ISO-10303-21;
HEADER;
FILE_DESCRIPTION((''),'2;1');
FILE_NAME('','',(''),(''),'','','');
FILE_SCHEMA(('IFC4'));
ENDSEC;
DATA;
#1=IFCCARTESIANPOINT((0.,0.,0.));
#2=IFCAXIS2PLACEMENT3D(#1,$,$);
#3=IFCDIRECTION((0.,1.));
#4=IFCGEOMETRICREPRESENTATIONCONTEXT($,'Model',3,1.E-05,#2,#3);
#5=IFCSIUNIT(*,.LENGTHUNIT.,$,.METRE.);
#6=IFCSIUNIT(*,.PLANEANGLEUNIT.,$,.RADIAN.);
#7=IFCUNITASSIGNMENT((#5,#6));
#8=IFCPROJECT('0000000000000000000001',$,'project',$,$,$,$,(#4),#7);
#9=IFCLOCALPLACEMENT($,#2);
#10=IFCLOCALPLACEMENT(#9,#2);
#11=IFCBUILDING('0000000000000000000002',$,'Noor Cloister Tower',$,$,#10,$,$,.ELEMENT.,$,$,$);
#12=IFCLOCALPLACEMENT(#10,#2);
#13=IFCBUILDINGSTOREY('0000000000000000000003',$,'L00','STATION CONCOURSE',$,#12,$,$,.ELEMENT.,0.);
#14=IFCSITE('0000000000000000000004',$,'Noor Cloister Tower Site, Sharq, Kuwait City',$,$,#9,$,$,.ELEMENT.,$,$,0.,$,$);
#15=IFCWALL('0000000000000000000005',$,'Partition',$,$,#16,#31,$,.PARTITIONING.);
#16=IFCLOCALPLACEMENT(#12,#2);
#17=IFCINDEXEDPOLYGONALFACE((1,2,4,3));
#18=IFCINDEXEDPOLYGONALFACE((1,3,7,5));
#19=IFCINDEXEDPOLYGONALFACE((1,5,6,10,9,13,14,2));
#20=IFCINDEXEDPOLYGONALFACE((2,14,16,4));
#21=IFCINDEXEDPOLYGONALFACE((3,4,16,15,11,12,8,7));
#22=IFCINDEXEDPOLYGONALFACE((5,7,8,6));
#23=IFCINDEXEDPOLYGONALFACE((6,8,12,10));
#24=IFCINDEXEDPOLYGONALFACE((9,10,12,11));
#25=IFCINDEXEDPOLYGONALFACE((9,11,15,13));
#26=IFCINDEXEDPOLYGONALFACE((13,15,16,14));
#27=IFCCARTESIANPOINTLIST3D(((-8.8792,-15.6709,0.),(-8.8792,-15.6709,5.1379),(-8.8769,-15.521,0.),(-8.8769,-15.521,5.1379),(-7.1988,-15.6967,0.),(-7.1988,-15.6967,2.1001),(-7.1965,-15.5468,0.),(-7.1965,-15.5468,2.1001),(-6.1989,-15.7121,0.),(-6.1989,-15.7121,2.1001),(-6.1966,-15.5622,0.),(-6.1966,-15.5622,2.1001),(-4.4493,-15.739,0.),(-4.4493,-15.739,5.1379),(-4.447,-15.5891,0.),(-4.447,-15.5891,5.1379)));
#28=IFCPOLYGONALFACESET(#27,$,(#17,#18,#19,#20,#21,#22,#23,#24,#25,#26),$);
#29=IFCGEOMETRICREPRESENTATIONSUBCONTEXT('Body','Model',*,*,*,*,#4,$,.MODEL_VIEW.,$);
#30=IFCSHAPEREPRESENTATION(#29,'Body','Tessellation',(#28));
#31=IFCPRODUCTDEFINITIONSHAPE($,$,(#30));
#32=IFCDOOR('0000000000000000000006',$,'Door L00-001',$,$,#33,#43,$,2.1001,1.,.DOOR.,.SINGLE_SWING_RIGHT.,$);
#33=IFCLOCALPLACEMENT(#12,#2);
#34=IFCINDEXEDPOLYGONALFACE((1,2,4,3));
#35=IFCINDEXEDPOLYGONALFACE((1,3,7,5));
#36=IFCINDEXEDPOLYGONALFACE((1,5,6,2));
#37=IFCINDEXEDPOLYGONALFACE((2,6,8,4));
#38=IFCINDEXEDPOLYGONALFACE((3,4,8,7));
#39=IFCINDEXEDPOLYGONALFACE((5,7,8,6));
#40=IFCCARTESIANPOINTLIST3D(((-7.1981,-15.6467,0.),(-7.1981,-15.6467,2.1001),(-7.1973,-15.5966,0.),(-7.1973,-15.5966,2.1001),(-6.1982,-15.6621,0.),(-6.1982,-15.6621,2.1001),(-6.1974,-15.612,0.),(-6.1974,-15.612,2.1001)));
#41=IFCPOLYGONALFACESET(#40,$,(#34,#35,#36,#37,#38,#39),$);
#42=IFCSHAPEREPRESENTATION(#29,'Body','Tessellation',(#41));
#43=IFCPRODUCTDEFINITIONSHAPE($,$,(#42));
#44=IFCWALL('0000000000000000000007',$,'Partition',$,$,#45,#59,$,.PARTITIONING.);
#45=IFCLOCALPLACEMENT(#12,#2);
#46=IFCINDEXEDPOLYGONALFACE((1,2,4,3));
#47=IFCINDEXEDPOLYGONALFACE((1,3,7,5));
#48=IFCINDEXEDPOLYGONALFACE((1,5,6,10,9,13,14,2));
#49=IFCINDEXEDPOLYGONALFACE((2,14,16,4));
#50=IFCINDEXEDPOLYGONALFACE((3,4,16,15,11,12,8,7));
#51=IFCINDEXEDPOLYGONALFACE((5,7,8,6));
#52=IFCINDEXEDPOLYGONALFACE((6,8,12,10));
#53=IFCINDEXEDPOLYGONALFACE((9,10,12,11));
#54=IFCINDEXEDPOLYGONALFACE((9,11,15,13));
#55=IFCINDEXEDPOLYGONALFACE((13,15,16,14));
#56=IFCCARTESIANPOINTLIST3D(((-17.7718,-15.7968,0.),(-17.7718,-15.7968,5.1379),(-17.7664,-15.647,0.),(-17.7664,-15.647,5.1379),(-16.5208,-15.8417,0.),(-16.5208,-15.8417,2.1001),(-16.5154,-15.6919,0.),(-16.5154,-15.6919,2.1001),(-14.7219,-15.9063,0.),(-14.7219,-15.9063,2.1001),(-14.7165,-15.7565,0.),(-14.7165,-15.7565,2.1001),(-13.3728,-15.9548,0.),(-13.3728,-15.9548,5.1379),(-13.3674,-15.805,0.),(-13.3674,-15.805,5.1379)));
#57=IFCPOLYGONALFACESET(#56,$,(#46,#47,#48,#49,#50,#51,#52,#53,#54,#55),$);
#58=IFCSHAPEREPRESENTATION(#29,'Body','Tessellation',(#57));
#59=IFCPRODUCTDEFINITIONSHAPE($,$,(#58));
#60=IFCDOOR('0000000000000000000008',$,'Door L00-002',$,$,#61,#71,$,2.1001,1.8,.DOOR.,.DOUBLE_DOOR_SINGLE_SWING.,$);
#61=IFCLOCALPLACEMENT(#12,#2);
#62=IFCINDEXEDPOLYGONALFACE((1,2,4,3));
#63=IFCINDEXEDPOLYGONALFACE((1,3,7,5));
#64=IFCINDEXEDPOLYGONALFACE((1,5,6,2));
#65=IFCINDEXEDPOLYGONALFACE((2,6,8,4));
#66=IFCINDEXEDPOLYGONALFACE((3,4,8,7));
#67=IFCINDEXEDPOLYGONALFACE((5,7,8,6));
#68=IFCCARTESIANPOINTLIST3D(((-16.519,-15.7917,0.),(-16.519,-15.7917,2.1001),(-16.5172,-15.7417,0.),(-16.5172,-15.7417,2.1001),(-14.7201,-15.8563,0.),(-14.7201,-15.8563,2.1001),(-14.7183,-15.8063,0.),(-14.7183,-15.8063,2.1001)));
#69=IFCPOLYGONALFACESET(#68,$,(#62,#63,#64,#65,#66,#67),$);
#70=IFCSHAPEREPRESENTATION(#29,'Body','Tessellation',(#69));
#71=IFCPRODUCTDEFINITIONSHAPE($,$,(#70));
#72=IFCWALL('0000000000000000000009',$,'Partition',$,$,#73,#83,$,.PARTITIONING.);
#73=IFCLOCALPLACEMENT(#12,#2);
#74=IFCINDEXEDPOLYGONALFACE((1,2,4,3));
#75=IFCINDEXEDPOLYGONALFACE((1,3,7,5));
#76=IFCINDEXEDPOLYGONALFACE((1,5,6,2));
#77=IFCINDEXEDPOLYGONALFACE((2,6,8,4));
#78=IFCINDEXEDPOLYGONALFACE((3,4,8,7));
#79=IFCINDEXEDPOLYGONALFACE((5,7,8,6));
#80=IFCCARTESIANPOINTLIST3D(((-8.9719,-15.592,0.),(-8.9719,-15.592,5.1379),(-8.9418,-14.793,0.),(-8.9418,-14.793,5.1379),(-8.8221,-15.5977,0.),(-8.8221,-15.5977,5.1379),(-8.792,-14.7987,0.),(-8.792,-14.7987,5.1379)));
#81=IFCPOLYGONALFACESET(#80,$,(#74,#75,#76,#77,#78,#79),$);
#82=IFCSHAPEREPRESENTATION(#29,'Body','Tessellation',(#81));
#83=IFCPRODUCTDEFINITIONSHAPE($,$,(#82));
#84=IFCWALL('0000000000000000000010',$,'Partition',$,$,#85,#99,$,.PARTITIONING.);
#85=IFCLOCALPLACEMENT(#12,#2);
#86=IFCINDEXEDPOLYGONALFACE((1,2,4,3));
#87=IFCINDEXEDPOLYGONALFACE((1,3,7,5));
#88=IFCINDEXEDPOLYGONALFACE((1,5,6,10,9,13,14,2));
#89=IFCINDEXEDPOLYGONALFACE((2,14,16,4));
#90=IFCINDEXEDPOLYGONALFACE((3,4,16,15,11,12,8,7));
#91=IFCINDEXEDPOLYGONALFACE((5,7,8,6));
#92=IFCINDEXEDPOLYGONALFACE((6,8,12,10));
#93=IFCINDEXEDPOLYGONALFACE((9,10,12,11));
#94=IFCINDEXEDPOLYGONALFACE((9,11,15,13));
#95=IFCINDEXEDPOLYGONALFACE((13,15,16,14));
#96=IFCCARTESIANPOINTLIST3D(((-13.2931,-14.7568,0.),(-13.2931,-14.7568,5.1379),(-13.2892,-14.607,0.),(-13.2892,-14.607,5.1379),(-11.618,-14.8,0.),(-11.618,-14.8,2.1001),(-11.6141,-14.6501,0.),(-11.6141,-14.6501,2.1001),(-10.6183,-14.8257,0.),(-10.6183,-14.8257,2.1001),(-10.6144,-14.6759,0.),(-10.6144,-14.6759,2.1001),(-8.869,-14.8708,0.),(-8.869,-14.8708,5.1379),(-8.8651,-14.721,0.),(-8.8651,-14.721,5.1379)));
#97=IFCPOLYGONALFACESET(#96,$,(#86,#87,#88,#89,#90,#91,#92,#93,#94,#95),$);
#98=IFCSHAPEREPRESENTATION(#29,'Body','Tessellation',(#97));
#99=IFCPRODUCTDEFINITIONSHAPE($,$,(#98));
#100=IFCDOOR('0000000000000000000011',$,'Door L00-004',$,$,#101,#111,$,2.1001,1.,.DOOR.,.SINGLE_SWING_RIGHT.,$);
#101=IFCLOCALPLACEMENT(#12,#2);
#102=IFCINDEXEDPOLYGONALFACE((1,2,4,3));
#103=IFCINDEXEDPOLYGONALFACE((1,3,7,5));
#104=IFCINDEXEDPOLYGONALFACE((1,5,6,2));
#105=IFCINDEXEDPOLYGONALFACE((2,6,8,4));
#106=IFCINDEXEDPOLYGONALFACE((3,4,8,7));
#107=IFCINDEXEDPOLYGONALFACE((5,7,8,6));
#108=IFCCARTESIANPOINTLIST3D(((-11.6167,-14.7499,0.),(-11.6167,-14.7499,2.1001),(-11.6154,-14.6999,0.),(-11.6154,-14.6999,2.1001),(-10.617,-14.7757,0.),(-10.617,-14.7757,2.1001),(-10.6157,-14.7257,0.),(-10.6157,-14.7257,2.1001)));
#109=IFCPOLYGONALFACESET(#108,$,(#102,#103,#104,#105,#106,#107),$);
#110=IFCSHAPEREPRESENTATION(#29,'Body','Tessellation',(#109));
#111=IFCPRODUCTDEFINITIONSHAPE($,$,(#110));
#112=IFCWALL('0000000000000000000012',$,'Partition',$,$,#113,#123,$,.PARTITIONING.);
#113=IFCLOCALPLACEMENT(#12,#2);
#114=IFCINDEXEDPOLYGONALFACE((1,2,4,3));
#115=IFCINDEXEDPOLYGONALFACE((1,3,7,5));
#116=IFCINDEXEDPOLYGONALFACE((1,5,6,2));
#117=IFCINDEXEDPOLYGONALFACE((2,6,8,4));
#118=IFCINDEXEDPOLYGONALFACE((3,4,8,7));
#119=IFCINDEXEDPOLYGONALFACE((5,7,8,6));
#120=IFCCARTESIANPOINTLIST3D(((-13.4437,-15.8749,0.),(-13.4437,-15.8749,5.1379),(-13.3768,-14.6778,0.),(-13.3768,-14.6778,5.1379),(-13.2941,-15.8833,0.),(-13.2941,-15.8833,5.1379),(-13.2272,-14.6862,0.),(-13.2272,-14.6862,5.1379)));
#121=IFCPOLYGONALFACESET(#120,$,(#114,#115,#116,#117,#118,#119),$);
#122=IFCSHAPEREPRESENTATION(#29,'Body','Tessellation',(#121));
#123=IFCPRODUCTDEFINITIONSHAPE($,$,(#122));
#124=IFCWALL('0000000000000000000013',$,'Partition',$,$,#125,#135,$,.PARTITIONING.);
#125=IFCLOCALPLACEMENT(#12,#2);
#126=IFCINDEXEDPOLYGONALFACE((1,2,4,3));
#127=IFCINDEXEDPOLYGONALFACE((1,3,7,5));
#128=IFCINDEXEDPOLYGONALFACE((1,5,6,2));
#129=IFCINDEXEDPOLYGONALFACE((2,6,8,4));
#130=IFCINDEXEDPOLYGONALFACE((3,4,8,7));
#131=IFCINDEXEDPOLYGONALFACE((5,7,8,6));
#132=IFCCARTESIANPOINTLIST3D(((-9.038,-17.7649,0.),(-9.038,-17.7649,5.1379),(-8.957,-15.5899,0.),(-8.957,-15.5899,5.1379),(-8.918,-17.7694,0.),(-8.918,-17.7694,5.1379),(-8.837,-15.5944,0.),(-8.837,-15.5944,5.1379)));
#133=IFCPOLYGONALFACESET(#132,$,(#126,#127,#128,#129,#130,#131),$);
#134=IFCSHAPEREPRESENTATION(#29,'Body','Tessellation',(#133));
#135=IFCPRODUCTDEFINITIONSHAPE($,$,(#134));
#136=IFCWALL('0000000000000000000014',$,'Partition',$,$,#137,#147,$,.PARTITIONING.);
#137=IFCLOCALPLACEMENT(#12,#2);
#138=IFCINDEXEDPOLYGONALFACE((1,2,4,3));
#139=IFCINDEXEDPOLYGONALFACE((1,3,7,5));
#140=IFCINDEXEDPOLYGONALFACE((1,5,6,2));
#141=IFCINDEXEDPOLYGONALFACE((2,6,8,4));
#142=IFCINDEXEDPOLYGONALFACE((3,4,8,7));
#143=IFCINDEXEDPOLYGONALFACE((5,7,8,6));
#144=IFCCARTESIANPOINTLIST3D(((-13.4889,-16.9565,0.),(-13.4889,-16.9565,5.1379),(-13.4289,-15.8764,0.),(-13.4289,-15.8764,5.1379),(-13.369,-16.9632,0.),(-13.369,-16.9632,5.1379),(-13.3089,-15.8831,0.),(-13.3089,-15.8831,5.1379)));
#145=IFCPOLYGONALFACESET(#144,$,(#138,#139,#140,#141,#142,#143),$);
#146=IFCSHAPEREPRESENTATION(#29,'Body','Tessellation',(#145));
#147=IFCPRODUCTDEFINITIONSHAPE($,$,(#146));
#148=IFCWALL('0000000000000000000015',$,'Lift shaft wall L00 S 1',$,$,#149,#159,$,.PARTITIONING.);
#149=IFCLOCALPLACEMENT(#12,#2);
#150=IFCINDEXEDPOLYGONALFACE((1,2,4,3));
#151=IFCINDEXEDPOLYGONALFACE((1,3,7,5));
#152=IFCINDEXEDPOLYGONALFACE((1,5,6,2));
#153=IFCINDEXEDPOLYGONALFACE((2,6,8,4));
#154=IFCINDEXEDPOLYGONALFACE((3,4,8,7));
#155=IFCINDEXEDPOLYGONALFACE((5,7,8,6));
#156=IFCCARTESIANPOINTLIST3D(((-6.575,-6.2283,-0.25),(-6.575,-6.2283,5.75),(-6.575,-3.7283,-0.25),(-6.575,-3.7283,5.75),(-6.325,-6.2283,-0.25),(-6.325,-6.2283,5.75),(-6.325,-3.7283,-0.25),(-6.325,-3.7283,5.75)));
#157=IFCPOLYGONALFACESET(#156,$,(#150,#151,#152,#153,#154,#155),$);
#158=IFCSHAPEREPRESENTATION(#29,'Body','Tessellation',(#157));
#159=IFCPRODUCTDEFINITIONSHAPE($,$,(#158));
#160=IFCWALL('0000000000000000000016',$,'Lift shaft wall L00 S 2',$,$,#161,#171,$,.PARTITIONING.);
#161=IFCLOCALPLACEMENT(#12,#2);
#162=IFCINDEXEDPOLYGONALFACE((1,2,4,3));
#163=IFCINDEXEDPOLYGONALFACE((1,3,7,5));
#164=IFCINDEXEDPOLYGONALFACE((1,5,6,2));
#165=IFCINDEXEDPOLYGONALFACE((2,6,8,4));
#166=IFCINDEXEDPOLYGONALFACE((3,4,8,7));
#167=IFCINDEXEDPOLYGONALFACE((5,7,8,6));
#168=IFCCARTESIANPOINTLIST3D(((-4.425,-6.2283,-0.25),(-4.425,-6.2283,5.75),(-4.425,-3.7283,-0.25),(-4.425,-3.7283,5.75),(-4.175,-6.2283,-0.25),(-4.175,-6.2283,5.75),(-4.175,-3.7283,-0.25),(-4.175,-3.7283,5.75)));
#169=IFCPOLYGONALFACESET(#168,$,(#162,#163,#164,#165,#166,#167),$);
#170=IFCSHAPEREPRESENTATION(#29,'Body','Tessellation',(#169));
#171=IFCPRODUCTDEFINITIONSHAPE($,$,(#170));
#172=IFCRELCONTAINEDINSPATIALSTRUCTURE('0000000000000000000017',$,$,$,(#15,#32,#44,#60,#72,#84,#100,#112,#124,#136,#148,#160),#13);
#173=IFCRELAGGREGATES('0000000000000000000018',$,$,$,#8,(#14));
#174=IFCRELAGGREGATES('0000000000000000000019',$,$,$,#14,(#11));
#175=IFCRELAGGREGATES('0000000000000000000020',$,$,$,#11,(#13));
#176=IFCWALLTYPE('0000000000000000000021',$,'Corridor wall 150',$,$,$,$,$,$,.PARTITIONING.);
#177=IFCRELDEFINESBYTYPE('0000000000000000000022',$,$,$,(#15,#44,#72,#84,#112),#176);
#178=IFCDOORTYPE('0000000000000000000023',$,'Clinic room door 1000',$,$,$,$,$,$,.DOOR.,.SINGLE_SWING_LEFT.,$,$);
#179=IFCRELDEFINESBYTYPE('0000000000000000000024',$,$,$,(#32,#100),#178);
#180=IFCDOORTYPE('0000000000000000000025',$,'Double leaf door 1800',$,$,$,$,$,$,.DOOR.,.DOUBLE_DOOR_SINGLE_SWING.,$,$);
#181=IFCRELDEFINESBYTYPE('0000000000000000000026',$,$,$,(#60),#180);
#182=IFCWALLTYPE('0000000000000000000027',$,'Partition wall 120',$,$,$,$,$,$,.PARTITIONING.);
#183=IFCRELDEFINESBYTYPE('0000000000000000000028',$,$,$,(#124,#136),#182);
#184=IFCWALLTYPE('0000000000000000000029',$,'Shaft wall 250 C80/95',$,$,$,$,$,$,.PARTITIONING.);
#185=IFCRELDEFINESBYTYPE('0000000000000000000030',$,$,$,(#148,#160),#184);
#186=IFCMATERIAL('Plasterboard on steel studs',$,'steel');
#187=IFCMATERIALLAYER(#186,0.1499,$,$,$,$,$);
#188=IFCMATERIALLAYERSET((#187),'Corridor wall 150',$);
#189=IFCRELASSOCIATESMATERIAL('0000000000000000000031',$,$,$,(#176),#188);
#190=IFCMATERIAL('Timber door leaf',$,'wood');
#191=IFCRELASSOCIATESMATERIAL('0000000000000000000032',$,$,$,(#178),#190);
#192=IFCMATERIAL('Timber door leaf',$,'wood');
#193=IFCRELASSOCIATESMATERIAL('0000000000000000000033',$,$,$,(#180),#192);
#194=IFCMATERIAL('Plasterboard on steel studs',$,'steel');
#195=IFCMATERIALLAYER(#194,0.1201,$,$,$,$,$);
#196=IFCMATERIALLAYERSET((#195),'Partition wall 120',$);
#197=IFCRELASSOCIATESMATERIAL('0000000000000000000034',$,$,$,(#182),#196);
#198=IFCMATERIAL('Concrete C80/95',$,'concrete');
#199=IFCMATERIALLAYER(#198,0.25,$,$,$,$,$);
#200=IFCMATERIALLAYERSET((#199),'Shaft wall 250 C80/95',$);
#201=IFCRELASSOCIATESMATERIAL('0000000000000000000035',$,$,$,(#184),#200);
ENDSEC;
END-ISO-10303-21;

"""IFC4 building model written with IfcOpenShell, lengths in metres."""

from ifc_helpers import new_model, si_unit, direction, frame, frame_2d, origin, place, context, subcontext, project, spatial, rectangle, extrude, material, layer, layer_set, type_object, element, fill, save


model = new_model("IFC4")

# Units and contexts
model_context = context("Model", 3, precision=1e-05, world=origin(), true_north=direction((0.0, 1.0)))
body_context = subcontext(model_context, "Body", "Model", "MODEL_VIEW")
ifc_project = project(units=[si_unit("LENGTHUNIT", "METRE"), si_unit("PLANEANGLEUNIT", "RADIAN")], contexts=[model_context])

# Site, building, storey
site_placement = place(None, origin())
site = spatial("IfcSite", under=ifc_project, at=site_placement, Name="Noor Cloister Tower Site, Sharq, Kuwait City", CompositionType="ELEMENT", RefElevation=0.0)
building_placement = place(site_placement, origin())
building = spatial("IfcBuilding", under=site, at=building_placement, Name="Noor Cloister Tower", CompositionType="ELEMENT")
storey_placement = place(building_placement, origin())
storey = spatial("IfcBuildingStorey", under=building, at=storey_placement, Name="L00", Description="STATION CONCOURSE", CompositionType="ELEMENT", Elevation=0.0)

# Walls, openings, doors
ifc_material_1 = material(Name="Plasterboard on steel studs", Category="steel")
ifc_layer_1 = layer(ifc_material_1, 0.1499)
ifc_layer_set_1 = layer_set([ifc_layer_1], Name="Corridor wall 150")
wall_type_1 = type_object("IfcWallType", Name="Corridor wall 150", PredefinedType="PARTITIONING", material=ifc_layer_set_1)
wall_1_placement = place(storey_placement, frame((-4.448, -15.6641, 0.0), z_axis=(0.0, 0.0, 1.0), x_axis=(-0.999882, 0.015374, 0.0)))
wall_1 = element("IfcWall", 1, at=wall_1_placement, inside=storey, type_object=wall_type_1, Name="Partition", PredefinedType="PARTITIONING", context=body_context, shape_type="SweptSolid", body=[
    extrude(rectangle(XDim=4.4304, YDim=0.1499, at=frame_2d((2.2153, 0.0))), origin(), (0.0, 0.0, 1.0), 5.1379),
])
opening_1_placement = place(wall_1_placement, frame((1.75, 0.0, 0.0)))
opening_1 = element("IfcOpeningElement", 2, at=opening_1_placement, cuts=wall_1, PredefinedType="OPENING", context=body_context, shape_type="SweptSolid", body=[
    extrude(rectangle(XDim=1.0, YDim=2.1001, at=frame_2d((0.5, 1.05))), frame((0.0, 0.085, 0.0), z_axis=(0.0, -1.0, 0.0), x_axis=(1.0, 0.0, 0.0)), (0.0, 0.0, 1.0), 0.1699),
])
ifc_material_2 = material(Name="Timber door leaf", Category="wood")
door_type_1 = type_object("IfcDoorType", Name="Clinic room door 1000", OperationType="SINGLE_SWING_LEFT", PredefinedType="DOOR", material=ifc_material_2)
door_1_placement = place(opening_1_placement, origin())
door_1 = element("IfcDoor", 3, at=door_1_placement, inside=storey, type_object=door_type_1, Name="Door L00-001", OperationType="SINGLE_SWING_RIGHT", OverallHeight=2.1001, OverallWidth=1.0, PredefinedType="DOOR", context=body_context, shape_type="SweptSolid", body=[
    extrude(rectangle(XDim=1.0, YDim=2.1001, at=frame_2d((0.5, 1.05))), frame((0.0, 0.0249, 0.0), z_axis=(0.0, -1.0, 0.0), x_axis=(1.0, 0.0, 0.0)), (0.0, 0.0, 1.0), 0.05),
])
fill(opening_1, door_1)
wall_2_placement = place(storey_placement, frame((-13.3701, -15.8799, 0.0), z_axis=(0.0, 0.0, 1.0), x_axis=(-0.999356, 0.035885, 0.0)))
wall_2 = element("IfcWall", 4, at=wall_2_placement, inside=storey, type_object=wall_type_1, Name="Partition", PredefinedType="PARTITIONING", context=body_context, shape_type="SweptSolid", body=[
    extrude(rectangle(XDim=4.4019, YDim=0.1499, at=frame_2d((2.2009, 0.0))), origin(), (0.0, 0.0, 1.0), 5.1379),
])
opening_2_placement = place(wall_2_placement, frame((1.3501, 0.0, 0.0)))
opening_2 = element("IfcOpeningElement", 5, at=opening_2_placement, cuts=wall_2, PredefinedType="OPENING", context=body_context, shape_type="SweptSolid", body=[
    extrude(rectangle(XDim=1.8, YDim=2.1001, at=frame_2d((0.8999, 1.05))), frame((0.0, 0.085, 0.0), z_axis=(0.0, -1.0, 0.0), x_axis=(1.0, 0.0, 0.0)), (0.0, 0.0, 1.0), 0.1699),
])
ifc_material_3 = material(Name="Timber door leaf", Category="wood")
door_type_2 = type_object("IfcDoorType", Name="Double leaf door 1800", OperationType="DOUBLE_DOOR_SINGLE_SWING", PredefinedType="DOOR", material=ifc_material_3)
door_2_placement = place(opening_2_placement, origin())
door_2 = element("IfcDoor", 6, at=door_2_placement, inside=storey, type_object=door_type_2, Name="Door L00-002", OperationType="DOUBLE_DOOR_SINGLE_SWING", OverallHeight=2.1001, OverallWidth=1.8, PredefinedType="DOOR", context=body_context, shape_type="SweptSolid", body=[
    extrude(rectangle(XDim=1.8, YDim=2.1001, at=frame_2d((0.8999, 1.05))), frame((0.0, 0.0249, 0.0), z_axis=(0.0, -1.0, 0.0), x_axis=(1.0, 0.0, 0.0)), (0.0, 0.0, 1.0), 0.05),
])
fill(opening_2, door_2)

# Wall
wall_3_placement = place(storey_placement, frame((-8.897, -15.595, 0.0), z_axis=(0.0, 0.0, 1.0), x_axis=(0.037554, 0.999295, 0.0)))
element("IfcWall", 7, at=wall_3_placement, inside=storey, type_object=wall_type_1, Name="Partition", PredefinedType="PARTITIONING", context=body_context, shape_type="SweptSolid", body=[
    extrude(rectangle(XDim=0.7996, YDim=0.1499, at=frame_2d((0.3999, 0.0))), origin(), (0.0, 0.0, 1.0), 5.1379),
])

# Wall, opening, door
wall_4_placement = place(storey_placement, frame((-8.8669, -14.7959, 0.0), z_axis=(0.0, 0.0, 1.0), x_axis=(-0.999668, 0.025763, 0.0)))
wall_4 = element("IfcWall", 8, at=wall_4_placement, inside=storey, type_object=wall_type_1, Name="Partition", PredefinedType="PARTITIONING", context=body_context, shape_type="SweptSolid", body=[
    extrude(rectangle(XDim=4.4255, YDim=0.1499, at=frame_2d((2.2129, 0.0))), origin(), (0.0, 0.0, 1.0), 5.1379),
])
opening_3_placement = place(wall_4_placement, frame((1.75, 0.0, 0.0)))
opening_3 = element("IfcOpeningElement", 9, at=opening_3_placement, cuts=wall_4, PredefinedType="OPENING", context=body_context, shape_type="SweptSolid", body=[
    extrude(rectangle(XDim=1.0, YDim=2.1001, at=frame_2d((0.5, 1.05))), frame((0.0, 0.085, 0.0), z_axis=(0.0, -1.0, 0.0), x_axis=(1.0, 0.0, 0.0)), (0.0, 0.0, 1.0), 0.1699),
])
door_3_placement = place(opening_3_placement, origin())
door_3 = element("IfcDoor", 10, at=door_3_placement, inside=storey, type_object=door_type_1, Name="Door L00-004", OperationType="SINGLE_SWING_RIGHT", OverallHeight=2.1001, OverallWidth=1.0, PredefinedType="DOOR", context=body_context, shape_type="SweptSolid", body=[
    extrude(rectangle(XDim=1.0, YDim=2.1001, at=frame_2d((0.5, 1.05))), frame((0.0, 0.0249, 0.0), z_axis=(0.0, -1.0, 0.0), x_axis=(1.0, 0.0, 0.0)), (0.0, 0.0, 1.0), 0.05),
])
fill(opening_3, door_3)

# Walls
wall_5_placement = place(storey_placement, frame((-13.302, -14.6819, 0.0), z_axis=(0.0, 0.0, 1.0), x_axis=(-0.055797, -0.998442, 0.0)))
element("IfcWall", 11, at=wall_5_placement, inside=storey, type_object=wall_type_1, Name="Partition", PredefinedType="PARTITIONING", context=body_context, shape_type="SweptSolid", body=[
    extrude(rectangle(XDim=1.199, YDim=0.1499, at=frame_2d((0.5996, 0.0))), origin(), (0.0, 0.0, 1.0), 5.1379),
])
ifc_material_4 = material(Name="Plasterboard on steel studs", Category="steel")
ifc_layer_2 = layer(ifc_material_4, 0.1201)
ifc_layer_set_2 = layer_set([ifc_layer_2], Name="Partition wall 120")
wall_type_2 = type_object("IfcWallType", Name="Partition wall 120", PredefinedType="PARTITIONING", material=ifc_layer_set_2)
wall_6_placement = place(storey_placement, frame((-8.897, -15.592, 0.0), z_axis=(0.0, 0.0, 1.0), x_axis=(-0.03724, -0.999306, 0.0)))
element("IfcWall", 12, at=wall_6_placement, inside=storey, type_object=wall_type_2, Name="Partition", PredefinedType="PARTITIONING", context=body_context, shape_type="SweptSolid", body=[
    extrude(rectangle(XDim=2.1765, YDim=0.1201, at=frame_2d((1.0884, 0.0))), origin(), (0.0, 0.0, 1.0), 5.1379),
])
wall_7_placement = place(storey_placement, frame((-13.429, -16.96, 0.0), z_axis=(0.0, 0.0, 1.0), x_axis=(0.05552, 0.998458, 0.0)))
element("IfcWall", 13, at=wall_7_placement, inside=storey, type_object=wall_type_2, Name="Partition", PredefinedType="PARTITIONING", context=body_context, shape_type="SweptSolid", body=[
    extrude(rectangle(XDim=1.0818, YDim=0.1201, at=frame_2d((0.541, 0.0))), origin(), (0.0, 0.0, 1.0), 5.1379),
])
ifc_material_5 = material(Name="Concrete C80/95", Category="concrete")
ifc_layer_3 = layer(ifc_material_5, 0.25)
ifc_layer_set_3 = layer_set([ifc_layer_3], Name="Shaft wall 250 C80/95")
wall_type_3 = type_object("IfcWallType", Name="Shaft wall 250 C80/95", PredefinedType="PARTITIONING", material=ifc_layer_set_3)
for number, where, z_axis, x_axis, name in (
    (14, (-6.45, -6.2283, -0.25), (0.0, 0.0, 1.0), (0.0, 1.0, 0.0), "Lift shaft wall L00 S 1"),
    (15, (-4.3, -6.2283, -0.25), (0.0, 0.0, 1.0), (0.0, 1.0, 0.0), "Lift shaft wall L00 S 2"),
):
    element("IfcWall", number, at=place(storey_placement, frame(where, z_axis=z_axis, x_axis=x_axis)), inside=storey, type_object=wall_type_3, Name=name, PredefinedType="PARTITIONING", context=body_context, shape_type="SweptSolid", body=[
        extrude(rectangle(XDim=2.5, YDim=0.25, at=frame_2d((1.25, 0.0))), origin(), (0.0, 0.0, 1.0), 6.0),
    ])

save(model, "model.ifc")
